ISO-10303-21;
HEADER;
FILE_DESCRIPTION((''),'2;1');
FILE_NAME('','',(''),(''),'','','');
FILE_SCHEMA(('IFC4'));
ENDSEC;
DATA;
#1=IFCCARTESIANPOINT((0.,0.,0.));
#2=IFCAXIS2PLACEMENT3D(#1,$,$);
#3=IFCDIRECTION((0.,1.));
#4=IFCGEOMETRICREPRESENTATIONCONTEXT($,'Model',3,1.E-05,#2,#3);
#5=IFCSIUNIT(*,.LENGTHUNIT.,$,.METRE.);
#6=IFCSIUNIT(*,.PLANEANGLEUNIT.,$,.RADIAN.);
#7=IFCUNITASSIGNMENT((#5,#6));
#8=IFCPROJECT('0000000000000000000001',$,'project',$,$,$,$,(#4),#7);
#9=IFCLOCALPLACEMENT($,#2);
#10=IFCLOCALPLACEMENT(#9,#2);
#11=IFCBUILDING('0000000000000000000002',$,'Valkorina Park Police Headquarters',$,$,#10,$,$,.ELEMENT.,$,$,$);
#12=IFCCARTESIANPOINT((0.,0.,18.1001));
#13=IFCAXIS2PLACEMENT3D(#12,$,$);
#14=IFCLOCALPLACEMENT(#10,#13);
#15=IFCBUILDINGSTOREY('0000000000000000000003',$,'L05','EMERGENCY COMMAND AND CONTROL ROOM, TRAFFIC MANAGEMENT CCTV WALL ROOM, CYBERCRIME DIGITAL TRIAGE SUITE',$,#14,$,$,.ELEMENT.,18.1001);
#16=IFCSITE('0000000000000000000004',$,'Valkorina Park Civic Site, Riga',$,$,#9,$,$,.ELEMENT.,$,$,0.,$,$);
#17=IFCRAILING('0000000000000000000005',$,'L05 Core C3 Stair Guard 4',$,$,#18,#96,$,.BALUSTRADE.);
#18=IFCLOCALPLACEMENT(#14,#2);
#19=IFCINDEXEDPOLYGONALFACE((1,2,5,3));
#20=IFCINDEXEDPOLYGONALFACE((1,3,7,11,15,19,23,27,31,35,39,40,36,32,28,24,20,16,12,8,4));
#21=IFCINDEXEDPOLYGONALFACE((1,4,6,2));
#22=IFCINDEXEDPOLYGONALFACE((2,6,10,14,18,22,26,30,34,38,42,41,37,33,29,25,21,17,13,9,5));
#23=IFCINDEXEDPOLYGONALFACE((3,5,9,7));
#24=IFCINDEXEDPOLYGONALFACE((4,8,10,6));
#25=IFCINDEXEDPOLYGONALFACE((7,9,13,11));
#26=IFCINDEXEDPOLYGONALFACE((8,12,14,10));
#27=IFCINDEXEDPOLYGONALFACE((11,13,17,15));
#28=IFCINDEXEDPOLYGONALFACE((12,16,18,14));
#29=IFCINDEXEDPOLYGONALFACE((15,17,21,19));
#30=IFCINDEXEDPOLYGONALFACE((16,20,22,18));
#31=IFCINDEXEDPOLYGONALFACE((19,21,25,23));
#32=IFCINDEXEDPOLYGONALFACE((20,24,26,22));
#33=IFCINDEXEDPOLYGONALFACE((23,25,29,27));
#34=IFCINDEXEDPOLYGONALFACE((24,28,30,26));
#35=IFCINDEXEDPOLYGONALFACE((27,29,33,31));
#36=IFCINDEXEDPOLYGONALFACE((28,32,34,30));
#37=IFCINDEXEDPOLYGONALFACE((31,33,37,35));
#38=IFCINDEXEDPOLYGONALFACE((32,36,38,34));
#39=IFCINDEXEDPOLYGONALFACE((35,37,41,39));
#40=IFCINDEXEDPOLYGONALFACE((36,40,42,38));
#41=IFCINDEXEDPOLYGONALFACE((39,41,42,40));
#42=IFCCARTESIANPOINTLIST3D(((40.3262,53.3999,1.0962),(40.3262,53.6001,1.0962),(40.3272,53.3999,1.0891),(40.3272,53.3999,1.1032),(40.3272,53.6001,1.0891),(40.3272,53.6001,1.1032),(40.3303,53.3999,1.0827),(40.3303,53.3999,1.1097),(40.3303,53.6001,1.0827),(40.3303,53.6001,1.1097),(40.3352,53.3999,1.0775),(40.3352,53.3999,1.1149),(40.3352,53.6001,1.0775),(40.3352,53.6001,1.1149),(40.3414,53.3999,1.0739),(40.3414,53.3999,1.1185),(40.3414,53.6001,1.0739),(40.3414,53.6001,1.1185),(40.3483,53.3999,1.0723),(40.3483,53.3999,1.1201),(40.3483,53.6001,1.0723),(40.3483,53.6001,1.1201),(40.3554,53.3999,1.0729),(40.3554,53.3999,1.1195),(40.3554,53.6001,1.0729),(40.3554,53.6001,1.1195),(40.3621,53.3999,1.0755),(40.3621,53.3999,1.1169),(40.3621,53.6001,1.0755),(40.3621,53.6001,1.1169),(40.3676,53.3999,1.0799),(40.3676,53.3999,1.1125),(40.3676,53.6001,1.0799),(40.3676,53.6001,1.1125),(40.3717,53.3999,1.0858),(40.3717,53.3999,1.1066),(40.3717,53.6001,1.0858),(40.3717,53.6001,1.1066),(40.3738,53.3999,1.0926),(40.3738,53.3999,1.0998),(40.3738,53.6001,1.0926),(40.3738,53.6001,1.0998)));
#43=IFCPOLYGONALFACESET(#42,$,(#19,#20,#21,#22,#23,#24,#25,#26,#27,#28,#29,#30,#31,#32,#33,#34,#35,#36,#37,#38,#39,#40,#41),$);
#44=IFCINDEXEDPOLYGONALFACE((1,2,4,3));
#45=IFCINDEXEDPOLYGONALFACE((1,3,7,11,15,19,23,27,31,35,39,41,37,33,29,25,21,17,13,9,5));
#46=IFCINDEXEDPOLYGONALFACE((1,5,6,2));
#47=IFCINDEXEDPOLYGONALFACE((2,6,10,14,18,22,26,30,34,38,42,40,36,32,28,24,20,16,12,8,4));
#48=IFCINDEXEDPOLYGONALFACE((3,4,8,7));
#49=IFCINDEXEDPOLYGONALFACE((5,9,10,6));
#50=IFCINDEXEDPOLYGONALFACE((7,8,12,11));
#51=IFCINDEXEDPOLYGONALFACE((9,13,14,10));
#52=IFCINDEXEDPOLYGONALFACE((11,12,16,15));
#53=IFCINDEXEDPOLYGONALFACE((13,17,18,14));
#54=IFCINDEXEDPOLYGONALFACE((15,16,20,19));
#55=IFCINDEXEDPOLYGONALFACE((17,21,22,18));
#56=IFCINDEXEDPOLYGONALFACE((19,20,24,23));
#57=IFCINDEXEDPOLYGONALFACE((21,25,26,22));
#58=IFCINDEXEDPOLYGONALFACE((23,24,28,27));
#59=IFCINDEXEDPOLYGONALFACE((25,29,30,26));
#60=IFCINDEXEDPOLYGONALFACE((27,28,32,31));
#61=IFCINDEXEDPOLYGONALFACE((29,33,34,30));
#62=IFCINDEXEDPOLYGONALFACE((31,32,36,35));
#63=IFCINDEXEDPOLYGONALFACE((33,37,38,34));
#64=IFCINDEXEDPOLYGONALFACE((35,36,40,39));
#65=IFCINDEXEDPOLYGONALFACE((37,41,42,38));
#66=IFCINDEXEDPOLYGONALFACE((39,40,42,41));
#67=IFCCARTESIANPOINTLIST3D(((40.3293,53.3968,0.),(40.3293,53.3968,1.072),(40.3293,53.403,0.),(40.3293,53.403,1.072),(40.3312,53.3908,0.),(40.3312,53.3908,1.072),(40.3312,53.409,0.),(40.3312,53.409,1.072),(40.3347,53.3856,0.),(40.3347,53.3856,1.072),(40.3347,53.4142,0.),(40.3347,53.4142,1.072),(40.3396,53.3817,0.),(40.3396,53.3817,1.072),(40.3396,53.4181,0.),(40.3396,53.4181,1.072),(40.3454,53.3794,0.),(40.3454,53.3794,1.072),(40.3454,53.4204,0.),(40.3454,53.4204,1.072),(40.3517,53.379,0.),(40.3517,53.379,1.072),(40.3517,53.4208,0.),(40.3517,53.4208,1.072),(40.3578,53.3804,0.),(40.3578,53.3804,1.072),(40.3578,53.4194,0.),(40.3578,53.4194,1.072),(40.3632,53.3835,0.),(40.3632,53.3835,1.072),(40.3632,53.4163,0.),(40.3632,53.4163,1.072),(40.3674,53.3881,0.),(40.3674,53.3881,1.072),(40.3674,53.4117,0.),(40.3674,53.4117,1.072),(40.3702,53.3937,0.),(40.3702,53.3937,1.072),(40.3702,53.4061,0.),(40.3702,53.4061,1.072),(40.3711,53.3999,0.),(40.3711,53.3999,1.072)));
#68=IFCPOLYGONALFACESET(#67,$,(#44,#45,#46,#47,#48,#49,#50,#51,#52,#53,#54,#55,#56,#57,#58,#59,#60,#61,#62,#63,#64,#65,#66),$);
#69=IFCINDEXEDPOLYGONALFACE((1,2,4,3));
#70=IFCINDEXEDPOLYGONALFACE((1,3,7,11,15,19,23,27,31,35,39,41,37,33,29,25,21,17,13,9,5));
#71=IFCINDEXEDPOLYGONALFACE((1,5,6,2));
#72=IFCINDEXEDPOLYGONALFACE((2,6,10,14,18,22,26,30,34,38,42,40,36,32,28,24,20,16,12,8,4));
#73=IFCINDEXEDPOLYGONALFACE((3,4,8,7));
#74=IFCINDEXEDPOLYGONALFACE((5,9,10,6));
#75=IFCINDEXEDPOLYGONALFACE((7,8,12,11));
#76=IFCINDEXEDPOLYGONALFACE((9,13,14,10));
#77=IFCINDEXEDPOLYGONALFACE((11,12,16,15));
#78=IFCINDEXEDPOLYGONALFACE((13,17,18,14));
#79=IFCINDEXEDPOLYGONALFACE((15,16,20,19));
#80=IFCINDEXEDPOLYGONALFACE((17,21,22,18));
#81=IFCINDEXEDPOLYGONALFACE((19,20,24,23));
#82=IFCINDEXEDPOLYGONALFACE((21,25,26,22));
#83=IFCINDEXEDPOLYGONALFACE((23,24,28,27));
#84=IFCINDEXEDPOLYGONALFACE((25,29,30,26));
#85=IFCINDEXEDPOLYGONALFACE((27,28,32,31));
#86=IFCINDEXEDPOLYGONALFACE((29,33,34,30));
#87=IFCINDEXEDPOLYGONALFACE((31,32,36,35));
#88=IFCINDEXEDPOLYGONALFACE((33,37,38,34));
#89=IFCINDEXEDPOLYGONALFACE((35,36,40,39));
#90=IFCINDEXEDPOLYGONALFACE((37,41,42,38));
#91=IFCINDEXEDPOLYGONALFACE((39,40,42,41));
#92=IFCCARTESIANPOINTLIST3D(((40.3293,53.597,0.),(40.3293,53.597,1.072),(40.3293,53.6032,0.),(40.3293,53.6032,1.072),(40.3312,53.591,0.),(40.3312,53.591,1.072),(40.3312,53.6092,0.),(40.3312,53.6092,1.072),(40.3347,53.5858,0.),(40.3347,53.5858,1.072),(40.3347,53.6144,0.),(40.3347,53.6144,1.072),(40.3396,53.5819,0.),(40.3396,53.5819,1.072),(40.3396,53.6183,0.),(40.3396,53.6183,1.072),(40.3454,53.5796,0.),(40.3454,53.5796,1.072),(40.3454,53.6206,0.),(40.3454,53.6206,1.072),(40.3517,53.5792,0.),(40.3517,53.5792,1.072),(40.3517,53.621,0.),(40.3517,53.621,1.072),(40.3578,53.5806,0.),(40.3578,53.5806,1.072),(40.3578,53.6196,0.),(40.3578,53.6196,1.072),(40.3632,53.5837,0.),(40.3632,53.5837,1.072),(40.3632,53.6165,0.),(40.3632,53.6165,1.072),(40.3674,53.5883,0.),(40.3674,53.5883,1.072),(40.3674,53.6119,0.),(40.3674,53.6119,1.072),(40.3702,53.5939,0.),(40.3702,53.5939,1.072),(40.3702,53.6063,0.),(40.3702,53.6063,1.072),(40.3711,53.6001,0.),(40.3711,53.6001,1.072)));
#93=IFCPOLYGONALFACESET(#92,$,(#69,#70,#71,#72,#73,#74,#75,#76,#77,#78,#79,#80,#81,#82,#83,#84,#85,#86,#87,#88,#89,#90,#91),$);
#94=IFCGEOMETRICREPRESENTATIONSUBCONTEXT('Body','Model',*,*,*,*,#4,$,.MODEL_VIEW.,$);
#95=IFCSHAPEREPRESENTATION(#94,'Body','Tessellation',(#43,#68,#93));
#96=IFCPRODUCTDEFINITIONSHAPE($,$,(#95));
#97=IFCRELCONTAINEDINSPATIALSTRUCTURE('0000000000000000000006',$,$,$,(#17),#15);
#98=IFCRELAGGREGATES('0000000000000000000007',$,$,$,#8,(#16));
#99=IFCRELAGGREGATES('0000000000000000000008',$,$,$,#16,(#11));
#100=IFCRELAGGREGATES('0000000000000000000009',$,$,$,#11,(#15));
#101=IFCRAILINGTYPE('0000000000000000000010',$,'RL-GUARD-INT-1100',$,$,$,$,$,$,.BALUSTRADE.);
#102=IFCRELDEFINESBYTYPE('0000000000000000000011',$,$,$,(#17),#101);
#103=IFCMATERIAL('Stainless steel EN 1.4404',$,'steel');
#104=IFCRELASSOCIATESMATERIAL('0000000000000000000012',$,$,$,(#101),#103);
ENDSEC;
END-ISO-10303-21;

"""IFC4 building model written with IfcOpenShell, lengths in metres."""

from ifc_helpers import new_model, si_unit, direction, frame, origin, origin_2d, place, context, subcontext, project, spatial, circle, extrude, material, type_object, element, save


model = new_model("IFC4")

# Units and contexts
model_context = context("Model", 3, precision=1e-05, world=origin(), true_north=direction((0.0, 1.0)))
body_context = subcontext(model_context, "Body", "Model", "MODEL_VIEW")
ifc_project = project(units=[si_unit("LENGTHUNIT", "METRE"), si_unit("PLANEANGLEUNIT", "RADIAN")], contexts=[model_context])

# Site, building, storey
site_placement = place(None, origin())
site = spatial("IfcSite", under=ifc_project, at=site_placement, Name="Valkorina Park Civic Site, Riga", CompositionType="ELEMENT", RefElevation=0.0)
building_placement = place(site_placement, origin())
building = spatial("IfcBuilding", under=site, at=building_placement, Name="Valkorina Park Police Headquarters", CompositionType="ELEMENT")
storey_placement = place(building_placement, frame((0.0, 0.0, 18.1001)))
storey = spatial("IfcBuildingStorey", under=building, at=storey_placement, Name="L05", Description="EMERGENCY COMMAND AND CONTROL ROOM, TRAFFIC MANAGEMENT CCTV WALL ROOM, CYBERCRIME DIGITAL TRIAGE SUITE", CompositionType="ELEMENT", Elevation=18.1001)

# Railing
ifc_material_1 = material(Name="Stainless steel EN 1.4404", Category="steel")
railing_type_1 = type_object("IfcRailingType", Name="RL-GUARD-INT-1100", PredefinedType="BALUSTRADE", material=ifc_material_1)
railing_1_placement = place(storey_placement, frame((40.3501, 53.3999, 0.0)))
element("IfcRailing", 1, at=railing_1_placement, inside=storey, type_object=railing_type_1, Name="L05 Core C3 Stair Guard 4", PredefinedType="BALUSTRADE", context=body_context, shape_type="SweptSolid", body=[
    extrude(circle(Radius=0.0239, at=origin_2d()), frame((0.0, 0.0, 1.0962), z_axis=(0.0, 1.0, 0.0), x_axis=(-1.0, 0.0, 0.0)), (0.0, 0.0, 1.0), 0.2002),
    extrude(circle(Radius=0.021, at=origin_2d()), origin(), (0.0, 0.0, 1.0), 1.072),
    extrude(circle(Radius=0.021, at=origin_2d()), frame((0.0, 0.2002, 0.0)), (0.0, 0.0, 1.0), 1.072),
])

save(model, "model.ifc")
